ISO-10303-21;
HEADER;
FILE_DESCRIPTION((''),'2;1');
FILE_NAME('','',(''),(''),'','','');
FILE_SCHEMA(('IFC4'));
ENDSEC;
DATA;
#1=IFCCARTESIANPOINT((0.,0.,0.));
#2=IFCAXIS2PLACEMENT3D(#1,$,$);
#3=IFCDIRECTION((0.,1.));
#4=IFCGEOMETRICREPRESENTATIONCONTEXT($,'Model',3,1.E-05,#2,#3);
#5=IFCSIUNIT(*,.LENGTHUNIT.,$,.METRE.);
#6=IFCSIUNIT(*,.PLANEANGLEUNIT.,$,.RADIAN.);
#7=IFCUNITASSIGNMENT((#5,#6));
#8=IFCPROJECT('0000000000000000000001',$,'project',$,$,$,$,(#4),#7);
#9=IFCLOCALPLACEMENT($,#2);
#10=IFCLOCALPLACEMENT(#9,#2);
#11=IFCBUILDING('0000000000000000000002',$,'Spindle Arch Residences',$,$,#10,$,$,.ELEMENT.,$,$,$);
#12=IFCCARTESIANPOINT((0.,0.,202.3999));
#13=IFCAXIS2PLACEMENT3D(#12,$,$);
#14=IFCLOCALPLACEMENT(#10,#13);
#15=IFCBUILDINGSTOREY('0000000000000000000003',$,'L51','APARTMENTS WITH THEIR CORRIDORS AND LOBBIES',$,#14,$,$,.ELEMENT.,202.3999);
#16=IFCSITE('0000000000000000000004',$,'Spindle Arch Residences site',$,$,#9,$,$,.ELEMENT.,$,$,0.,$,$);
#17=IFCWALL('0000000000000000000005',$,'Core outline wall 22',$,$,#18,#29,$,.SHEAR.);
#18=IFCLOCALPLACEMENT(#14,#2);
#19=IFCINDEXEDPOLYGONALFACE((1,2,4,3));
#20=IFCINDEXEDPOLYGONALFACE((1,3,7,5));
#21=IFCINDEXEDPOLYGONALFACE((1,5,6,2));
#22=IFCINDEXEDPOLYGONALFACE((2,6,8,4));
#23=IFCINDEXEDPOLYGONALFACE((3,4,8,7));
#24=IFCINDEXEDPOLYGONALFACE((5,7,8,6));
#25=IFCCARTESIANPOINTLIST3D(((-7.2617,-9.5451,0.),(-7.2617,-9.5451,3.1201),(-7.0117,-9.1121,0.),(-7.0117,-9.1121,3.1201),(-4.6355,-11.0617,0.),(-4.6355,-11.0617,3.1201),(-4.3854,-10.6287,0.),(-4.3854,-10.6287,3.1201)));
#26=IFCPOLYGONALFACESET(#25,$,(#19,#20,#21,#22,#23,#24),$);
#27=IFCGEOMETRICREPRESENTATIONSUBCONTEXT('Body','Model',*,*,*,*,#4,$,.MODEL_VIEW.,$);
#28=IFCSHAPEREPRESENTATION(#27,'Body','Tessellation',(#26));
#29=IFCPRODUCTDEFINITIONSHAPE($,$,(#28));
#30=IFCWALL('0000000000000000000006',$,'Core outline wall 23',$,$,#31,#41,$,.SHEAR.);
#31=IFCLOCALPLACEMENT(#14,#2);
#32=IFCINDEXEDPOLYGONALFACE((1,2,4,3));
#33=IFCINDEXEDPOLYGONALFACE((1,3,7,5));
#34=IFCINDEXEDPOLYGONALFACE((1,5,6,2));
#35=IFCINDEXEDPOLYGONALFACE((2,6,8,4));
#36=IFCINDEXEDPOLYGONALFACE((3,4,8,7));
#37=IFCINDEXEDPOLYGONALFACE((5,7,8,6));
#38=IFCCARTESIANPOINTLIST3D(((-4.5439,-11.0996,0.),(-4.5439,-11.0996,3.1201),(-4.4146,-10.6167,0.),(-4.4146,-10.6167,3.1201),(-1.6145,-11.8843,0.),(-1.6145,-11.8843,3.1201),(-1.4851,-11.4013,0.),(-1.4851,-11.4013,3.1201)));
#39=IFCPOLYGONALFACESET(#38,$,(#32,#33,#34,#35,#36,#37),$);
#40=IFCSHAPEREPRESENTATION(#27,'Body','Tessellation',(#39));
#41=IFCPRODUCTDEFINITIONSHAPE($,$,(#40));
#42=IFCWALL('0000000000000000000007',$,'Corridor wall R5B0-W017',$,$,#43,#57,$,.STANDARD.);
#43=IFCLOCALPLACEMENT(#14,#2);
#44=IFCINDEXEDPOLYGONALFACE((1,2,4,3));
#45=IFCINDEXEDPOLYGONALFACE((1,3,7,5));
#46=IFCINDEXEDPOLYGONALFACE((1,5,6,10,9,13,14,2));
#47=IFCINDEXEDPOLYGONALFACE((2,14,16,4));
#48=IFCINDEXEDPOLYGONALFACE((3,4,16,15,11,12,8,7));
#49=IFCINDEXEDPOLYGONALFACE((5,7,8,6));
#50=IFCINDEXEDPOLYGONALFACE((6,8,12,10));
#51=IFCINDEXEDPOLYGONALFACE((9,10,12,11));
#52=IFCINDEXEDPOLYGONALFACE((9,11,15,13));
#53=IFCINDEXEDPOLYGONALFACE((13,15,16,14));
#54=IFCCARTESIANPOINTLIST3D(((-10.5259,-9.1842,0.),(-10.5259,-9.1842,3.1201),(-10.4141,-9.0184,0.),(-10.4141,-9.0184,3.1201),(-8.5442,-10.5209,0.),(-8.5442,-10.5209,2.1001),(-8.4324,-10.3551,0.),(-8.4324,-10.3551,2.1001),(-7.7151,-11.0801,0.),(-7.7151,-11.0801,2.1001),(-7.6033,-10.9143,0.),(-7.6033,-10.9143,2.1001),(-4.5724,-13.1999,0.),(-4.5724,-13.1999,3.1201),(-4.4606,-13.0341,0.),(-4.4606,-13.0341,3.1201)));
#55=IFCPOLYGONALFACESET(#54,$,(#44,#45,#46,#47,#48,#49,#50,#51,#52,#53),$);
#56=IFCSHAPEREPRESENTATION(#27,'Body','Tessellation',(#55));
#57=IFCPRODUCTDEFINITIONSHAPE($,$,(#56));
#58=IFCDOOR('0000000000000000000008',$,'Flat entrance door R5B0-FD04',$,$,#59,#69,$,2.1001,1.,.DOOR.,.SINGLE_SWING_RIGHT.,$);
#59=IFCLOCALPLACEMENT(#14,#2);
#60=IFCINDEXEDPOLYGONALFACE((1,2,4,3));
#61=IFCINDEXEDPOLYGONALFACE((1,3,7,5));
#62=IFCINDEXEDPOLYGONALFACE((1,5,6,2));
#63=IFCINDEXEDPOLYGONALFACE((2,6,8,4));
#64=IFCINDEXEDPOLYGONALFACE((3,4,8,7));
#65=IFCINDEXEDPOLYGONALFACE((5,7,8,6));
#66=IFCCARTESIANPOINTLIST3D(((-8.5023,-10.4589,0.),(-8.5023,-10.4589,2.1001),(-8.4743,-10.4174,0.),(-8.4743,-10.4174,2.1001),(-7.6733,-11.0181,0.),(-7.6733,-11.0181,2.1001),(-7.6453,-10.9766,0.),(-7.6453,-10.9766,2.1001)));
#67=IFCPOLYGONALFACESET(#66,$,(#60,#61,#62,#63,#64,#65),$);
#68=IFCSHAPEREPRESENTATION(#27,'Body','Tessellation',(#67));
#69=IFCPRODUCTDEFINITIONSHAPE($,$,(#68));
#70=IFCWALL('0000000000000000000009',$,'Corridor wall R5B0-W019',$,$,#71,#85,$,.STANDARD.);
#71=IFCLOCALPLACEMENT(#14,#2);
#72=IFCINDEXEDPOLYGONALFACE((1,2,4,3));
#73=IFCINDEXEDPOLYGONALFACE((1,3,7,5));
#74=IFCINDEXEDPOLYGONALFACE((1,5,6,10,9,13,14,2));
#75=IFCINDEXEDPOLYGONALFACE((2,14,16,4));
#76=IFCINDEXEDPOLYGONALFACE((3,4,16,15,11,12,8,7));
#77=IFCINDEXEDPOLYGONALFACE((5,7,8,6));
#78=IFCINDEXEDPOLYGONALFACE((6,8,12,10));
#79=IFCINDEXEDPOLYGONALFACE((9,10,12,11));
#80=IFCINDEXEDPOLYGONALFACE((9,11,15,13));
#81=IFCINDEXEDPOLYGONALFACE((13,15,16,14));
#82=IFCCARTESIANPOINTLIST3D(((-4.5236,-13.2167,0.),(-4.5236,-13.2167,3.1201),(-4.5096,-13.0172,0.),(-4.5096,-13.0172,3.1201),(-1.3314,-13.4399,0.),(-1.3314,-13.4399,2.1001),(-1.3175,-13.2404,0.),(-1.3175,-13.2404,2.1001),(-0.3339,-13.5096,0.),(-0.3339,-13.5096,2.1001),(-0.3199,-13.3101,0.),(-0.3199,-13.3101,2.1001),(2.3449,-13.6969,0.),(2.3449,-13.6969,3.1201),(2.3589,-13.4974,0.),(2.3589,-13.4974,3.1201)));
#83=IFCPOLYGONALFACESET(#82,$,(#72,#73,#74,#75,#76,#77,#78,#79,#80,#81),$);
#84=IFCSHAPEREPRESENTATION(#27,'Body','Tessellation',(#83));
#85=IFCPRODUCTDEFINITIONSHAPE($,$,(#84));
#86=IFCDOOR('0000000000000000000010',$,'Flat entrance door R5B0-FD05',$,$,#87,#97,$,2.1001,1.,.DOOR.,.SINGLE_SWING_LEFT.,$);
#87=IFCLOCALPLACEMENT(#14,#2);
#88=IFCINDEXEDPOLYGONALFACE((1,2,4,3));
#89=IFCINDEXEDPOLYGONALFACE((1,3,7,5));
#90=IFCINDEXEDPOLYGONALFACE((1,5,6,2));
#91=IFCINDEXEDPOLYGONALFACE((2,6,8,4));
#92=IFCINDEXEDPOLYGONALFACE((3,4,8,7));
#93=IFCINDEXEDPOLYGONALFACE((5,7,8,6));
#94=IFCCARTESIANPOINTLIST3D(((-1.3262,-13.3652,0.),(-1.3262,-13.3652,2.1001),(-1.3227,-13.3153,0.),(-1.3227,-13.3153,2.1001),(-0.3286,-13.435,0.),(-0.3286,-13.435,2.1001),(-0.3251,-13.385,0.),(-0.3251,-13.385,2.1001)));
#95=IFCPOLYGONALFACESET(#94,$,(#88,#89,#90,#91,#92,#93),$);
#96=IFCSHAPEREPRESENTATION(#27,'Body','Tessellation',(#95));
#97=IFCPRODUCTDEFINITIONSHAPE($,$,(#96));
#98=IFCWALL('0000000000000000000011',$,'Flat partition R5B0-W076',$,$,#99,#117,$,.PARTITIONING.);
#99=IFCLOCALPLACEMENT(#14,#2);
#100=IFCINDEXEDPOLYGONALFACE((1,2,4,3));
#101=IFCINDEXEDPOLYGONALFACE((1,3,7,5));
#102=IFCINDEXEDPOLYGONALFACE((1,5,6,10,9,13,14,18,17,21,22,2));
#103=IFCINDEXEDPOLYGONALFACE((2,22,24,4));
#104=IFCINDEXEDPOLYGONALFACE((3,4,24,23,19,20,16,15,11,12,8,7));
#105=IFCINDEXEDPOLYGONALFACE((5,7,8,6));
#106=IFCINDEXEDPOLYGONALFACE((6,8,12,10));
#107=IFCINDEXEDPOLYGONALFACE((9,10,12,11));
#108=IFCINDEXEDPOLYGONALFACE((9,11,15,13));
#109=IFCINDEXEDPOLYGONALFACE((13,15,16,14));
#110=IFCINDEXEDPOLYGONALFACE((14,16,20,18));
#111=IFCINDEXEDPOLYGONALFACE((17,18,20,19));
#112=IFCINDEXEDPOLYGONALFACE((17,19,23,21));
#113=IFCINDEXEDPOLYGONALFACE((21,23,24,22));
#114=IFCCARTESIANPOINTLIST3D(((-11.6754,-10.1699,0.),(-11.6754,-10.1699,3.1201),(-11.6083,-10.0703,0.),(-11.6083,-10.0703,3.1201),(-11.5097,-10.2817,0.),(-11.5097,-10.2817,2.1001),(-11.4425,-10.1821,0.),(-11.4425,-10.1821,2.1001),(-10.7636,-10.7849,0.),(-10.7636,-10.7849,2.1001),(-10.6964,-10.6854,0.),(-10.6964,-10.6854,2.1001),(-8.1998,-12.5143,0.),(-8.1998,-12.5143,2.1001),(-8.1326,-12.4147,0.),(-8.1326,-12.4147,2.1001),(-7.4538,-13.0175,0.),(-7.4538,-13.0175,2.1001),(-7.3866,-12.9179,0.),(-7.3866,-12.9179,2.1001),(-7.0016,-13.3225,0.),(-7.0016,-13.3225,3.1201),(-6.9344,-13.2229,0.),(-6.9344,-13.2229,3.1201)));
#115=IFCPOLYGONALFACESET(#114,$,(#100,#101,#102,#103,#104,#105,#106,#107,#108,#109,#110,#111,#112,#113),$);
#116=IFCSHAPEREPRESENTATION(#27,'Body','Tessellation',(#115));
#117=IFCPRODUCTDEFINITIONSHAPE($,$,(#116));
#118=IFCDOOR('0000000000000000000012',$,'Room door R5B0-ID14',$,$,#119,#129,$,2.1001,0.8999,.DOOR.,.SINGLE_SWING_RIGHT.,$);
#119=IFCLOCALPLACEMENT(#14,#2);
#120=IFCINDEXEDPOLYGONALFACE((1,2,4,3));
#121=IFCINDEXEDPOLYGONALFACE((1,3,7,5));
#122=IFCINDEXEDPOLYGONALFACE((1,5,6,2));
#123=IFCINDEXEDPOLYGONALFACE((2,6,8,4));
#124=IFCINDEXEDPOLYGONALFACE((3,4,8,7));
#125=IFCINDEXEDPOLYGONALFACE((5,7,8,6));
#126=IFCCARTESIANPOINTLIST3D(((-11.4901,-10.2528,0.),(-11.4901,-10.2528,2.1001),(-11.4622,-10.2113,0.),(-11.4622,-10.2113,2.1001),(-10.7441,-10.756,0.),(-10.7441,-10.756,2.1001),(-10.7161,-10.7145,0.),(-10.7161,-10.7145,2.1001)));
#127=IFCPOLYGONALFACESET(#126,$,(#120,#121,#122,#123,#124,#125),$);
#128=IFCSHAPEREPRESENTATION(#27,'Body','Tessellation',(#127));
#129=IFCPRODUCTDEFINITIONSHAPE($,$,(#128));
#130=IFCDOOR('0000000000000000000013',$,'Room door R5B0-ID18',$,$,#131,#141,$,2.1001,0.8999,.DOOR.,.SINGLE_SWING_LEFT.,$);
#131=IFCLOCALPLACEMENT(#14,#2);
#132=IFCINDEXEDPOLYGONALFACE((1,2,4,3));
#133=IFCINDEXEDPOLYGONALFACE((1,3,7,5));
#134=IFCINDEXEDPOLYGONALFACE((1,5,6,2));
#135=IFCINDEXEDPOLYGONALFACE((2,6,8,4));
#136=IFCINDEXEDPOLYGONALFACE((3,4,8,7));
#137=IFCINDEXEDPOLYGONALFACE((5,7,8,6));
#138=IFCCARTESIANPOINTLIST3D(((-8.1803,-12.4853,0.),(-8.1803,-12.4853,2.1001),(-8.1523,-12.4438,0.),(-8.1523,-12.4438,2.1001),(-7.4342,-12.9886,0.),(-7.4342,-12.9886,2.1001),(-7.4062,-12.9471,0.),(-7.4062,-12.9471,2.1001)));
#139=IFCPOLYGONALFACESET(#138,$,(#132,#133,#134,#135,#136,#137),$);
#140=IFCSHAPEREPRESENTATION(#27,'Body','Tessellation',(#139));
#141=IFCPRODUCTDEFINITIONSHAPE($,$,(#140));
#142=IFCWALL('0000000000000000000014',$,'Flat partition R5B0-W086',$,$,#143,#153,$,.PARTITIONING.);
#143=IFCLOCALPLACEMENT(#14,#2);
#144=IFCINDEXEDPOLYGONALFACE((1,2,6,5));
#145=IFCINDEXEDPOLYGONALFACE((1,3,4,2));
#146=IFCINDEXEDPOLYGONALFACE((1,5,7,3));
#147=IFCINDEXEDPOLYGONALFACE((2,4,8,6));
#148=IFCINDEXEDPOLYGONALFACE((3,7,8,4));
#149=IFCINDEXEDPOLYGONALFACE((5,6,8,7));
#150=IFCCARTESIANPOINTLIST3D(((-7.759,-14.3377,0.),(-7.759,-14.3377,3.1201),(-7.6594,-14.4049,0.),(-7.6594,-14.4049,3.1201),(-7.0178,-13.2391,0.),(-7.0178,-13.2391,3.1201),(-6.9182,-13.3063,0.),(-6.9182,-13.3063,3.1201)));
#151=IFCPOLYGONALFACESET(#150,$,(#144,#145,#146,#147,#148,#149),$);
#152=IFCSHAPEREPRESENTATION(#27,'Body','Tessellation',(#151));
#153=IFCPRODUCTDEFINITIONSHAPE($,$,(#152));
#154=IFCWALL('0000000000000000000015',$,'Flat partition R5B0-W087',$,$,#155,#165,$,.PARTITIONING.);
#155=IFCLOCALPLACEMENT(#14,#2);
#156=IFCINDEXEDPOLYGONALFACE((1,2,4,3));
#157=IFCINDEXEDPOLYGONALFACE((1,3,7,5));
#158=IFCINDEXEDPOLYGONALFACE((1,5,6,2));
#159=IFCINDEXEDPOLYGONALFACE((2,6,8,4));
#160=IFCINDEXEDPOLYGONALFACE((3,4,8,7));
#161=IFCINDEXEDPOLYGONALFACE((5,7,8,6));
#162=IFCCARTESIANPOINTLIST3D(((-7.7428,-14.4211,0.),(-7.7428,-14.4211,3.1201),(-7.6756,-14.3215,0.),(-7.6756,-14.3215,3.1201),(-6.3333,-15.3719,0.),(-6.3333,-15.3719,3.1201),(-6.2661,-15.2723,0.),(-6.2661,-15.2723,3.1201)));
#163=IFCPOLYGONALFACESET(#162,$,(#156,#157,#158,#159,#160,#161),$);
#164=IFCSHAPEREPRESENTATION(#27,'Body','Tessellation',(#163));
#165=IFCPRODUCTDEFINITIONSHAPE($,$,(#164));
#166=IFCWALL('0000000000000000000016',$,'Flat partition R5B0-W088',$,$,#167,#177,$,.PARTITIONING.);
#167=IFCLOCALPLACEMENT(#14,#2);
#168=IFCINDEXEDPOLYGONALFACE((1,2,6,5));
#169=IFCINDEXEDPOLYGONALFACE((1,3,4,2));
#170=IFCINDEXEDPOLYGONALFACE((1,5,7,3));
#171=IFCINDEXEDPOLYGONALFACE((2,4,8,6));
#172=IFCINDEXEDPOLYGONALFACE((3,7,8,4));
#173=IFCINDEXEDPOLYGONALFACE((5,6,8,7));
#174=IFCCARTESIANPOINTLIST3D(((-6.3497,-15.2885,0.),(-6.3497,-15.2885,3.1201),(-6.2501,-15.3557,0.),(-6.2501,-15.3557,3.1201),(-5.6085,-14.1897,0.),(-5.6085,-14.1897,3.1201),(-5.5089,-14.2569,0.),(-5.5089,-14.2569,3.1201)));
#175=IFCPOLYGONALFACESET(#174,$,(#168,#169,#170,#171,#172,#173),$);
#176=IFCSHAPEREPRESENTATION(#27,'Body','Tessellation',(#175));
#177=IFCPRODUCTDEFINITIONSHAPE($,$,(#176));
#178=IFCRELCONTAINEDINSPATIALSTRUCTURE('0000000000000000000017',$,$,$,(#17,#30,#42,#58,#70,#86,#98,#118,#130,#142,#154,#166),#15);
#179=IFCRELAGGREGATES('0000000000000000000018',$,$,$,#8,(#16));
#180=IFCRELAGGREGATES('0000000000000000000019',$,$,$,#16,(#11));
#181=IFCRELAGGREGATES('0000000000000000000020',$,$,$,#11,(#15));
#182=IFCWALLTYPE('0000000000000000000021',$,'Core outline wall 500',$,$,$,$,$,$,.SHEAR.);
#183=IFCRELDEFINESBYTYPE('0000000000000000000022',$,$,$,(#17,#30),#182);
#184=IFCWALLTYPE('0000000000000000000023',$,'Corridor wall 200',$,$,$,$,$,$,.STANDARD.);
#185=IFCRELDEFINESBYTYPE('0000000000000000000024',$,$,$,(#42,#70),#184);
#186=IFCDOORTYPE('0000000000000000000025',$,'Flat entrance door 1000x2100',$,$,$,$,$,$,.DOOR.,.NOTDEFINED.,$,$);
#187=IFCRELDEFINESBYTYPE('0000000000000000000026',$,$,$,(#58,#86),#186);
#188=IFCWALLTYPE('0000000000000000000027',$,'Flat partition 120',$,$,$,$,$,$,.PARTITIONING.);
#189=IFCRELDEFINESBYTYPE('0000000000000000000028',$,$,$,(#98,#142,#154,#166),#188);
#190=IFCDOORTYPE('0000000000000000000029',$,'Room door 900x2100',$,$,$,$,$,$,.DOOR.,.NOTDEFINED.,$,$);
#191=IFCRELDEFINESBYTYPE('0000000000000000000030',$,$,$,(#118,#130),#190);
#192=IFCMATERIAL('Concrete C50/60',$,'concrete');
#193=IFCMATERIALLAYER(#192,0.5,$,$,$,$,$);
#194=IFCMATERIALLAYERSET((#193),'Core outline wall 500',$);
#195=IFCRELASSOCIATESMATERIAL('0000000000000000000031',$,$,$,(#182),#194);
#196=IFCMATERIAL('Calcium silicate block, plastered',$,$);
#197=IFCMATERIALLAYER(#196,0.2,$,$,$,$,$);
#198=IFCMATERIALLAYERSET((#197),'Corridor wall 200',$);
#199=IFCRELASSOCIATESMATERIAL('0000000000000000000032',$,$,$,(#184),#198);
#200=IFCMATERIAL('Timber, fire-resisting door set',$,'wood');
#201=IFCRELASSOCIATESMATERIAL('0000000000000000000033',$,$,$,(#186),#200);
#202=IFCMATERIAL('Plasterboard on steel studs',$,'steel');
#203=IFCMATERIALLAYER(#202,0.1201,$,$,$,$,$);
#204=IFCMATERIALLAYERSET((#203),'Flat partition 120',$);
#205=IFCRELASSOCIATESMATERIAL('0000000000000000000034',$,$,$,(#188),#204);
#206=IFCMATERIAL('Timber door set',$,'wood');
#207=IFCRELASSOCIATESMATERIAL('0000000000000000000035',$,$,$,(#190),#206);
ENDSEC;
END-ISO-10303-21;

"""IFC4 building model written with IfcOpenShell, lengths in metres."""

from ifc_helpers import new_model, si_unit, direction, frame, frame_2d, origin, place, context, subcontext, project, spatial, rectangle, extrude, material, layer, layer_set, type_object, element, fill, save


model = new_model("IFC4")

# Units and contexts
model_context = context("Model", 3, precision=1e-05, world=origin(), true_north=direction((0.0, 1.0)))
body_context = subcontext(model_context, "Body", "Model", "MODEL_VIEW")
ifc_project = project(units=[si_unit("LENGTHUNIT", "METRE"), si_unit("PLANEANGLEUNIT", "RADIAN")], contexts=[model_context])

# Site, building, storey
site_placement = place(None, origin())
site = spatial("IfcSite", under=ifc_project, at=site_placement, Name="Spindle Arch Residences site", CompositionType="ELEMENT", RefElevation=0.0)
building_placement = place(site_placement, origin())
building = spatial("IfcBuilding", under=site, at=building_placement, Name="Spindle Arch Residences", CompositionType="ELEMENT")
storey_placement = place(building_placement, frame((0.0, 0.0, 202.3999)))
storey = spatial("IfcBuildingStorey", under=building, at=storey_placement, Name="L51", Description="APARTMENTS WITH THEIR CORRIDORS AND LOBBIES", CompositionType="ELEMENT", Elevation=202.3999)

# Walls
ifc_material_1 = material(Name="Concrete C50/60", Category="concrete")
ifc_layer_1 = layer(ifc_material_1, 0.5)
ifc_layer_set_1 = layer_set([ifc_layer_1], Name="Core outline wall 500")
wall_type_1 = type_object("IfcWallType", Name="Core outline wall 500", PredefinedType="SHEAR", material=ifc_layer_set_1)
for number, where, z_axis, x_axis, name in (
    (1, (-7.1367, -9.3286, 0.0), (0.0, 0.0, 1.0), (0.865975, -0.500087, 0.0), "Core outline wall 22"),
    (2, (-4.4792, -10.8582, 0.0), (0.0, 0.0, 1.0), (0.965948, -0.258735, 0.0), "Core outline wall 23"),
):
    element("IfcWall", number, at=place(storey_placement, frame(where, z_axis=z_axis, x_axis=x_axis)), inside=storey, type_object=wall_type_1, Name=name, PredefinedType="SHEAR", context=body_context, shape_type="SweptSolid", body=[
        extrude(rectangle(XDim=3.0327, YDim=0.5, at=frame_2d((1.5164, 0.0))), origin(), (0.0, 0.0, 1.0), 3.1201),
    ])

# Walls, openings, doors
ifc_material_2 = material(Name="Calcium silicate block, plastered")
ifc_layer_2 = layer(ifc_material_2, 0.2)
ifc_layer_set_2 = layer_set([ifc_layer_2], Name="Corridor wall 200")
wall_type_2 = type_object("IfcWallType", Name="Corridor wall 200", PredefinedType="STANDARD", material=ifc_layer_set_2)
wall_1_placement = place(storey_placement, frame((-10.47, -9.1013, 0.0), z_axis=(0.0, 0.0, 1.0), x_axis=(0.829036, -0.559195, 0.0)))
wall_1 = element("IfcWall", 3, at=wall_1_placement, inside=storey, type_object=wall_type_2, Name="Corridor wall R5B0-W017", PredefinedType="STANDARD", context=body_context, shape_type="SweptSolid", body=[
    extrude(rectangle(XDim=7.1812, YDim=0.2, at=frame_2d((3.5906, 0.0))), origin(), (0.0, 0.0, 1.0), 3.1201),
])
opening_1_placement = place(wall_1_placement, frame((2.3904, 0.0, 0.0)))
opening_1 = element("IfcOpeningElement", 4, at=opening_1_placement, cuts=wall_1, PredefinedType="OPENING", context=body_context, shape_type="SweptSolid", body=[
    extrude(rectangle(XDim=1.0, YDim=2.1001, at=frame_2d((0.5, 1.05))), frame((0.0, 0.1099, 0.0), z_axis=(0.0, -1.0, 0.0), x_axis=(1.0, 0.0, 0.0)), (0.0, 0.0, 1.0), 0.22),
])
ifc_material_3 = material(Name="Timber, fire-resisting door set", Category="wood")
door_type_1 = type_object("IfcDoorType", Name="Flat entrance door 1000x2100", OperationType="NOTDEFINED", PredefinedType="DOOR", material=ifc_material_3)
door_1_placement = place(opening_1_placement, origin())
door_1 = element("IfcDoor", 5, at=door_1_placement, inside=storey, type_object=door_type_1, Name="Flat entrance door R5B0-FD04", OperationType="SINGLE_SWING_RIGHT", OverallHeight=2.1001, OverallWidth=1.0, PredefinedType="DOOR", context=body_context, shape_type="SweptSolid", body=[
    extrude(rectangle(XDim=1.0, YDim=2.1001, at=frame_2d((0.5, 1.05))), frame((0.0, 0.0249, 0.0), z_axis=(0.0, -1.0, 0.0), x_axis=(1.0, 0.0, 0.0)), (0.0, 0.0, 1.0), 0.05),
])
fill(opening_1, door_1)
wall_2_placement = place(storey_placement, frame((-4.5166, -13.1169, 0.0), z_axis=(0.0, 0.0, 1.0), x_axis=(0.997565, -0.069748, 0.0)))
wall_2 = element("IfcWall", 6, at=wall_2_placement, inside=storey, type_object=wall_type_2, Name="Corridor wall R5B0-W019", PredefinedType="STANDARD", context=body_context, shape_type="SweptSolid", body=[
    extrude(rectangle(XDim=6.8853, YDim=0.2, at=frame_2d((3.4426, 0.0))), origin(), (0.0, 0.0, 1.0), 3.1201),
])
opening_2_placement = place(wall_2_placement, frame((3.2, 0.0, 0.0)))
opening_2 = element("IfcOpeningElement", 7, at=opening_2_placement, cuts=wall_2, PredefinedType="OPENING", context=body_context, shape_type="SweptSolid", body=[
    extrude(rectangle(XDim=1.0, YDim=2.1001, at=frame_2d((0.5, 1.05))), frame((0.0, 0.1099, 0.0), z_axis=(0.0, -1.0, 0.0), x_axis=(1.0, 0.0, 0.0)), (0.0, 0.0, 1.0), 0.22),
])
door_2_placement = place(opening_2_placement, origin())
door_2 = element("IfcDoor", 8, at=door_2_placement, inside=storey, type_object=door_type_1, Name="Flat entrance door R5B0-FD05", OperationType="SINGLE_SWING_LEFT", OverallHeight=2.1001, OverallWidth=1.0, PredefinedType="DOOR", context=body_context, shape_type="SweptSolid", body=[
    extrude(rectangle(XDim=1.0, YDim=2.1001, at=frame_2d((0.5, 1.05))), frame((0.0, 0.0249, 0.0), z_axis=(0.0, -1.0, 0.0), x_axis=(1.0, 0.0, 0.0)), (0.0, 0.0, 1.0), 0.05),
])
fill(opening_2, door_2)

# Wall, openings, doors
ifc_material_4 = material(Name="Plasterboard on steel studs", Category="steel")
ifc_layer_3 = layer(ifc_material_4, 0.1201)
ifc_layer_set_3 = layer_set([ifc_layer_3], Name="Flat partition 120")
wall_type_3 = type_object("IfcWallType", Name="Flat partition 120", PredefinedType="PARTITIONING", material=ifc_layer_set_3)
wall_3_placement = place(storey_placement, frame((-11.6418, -10.1201, 0.0), z_axis=(0.0, 0.0, 1.0), x_axis=(0.829033, -0.559199, 0.0)))
wall_3 = element("IfcWall", 9, at=wall_3_placement, inside=storey, type_object=wall_type_3, Name="Flat partition R5B0-W076", PredefinedType="PARTITIONING", context=body_context, shape_type="SweptSolid", body=[
    extrude(rectangle(XDim=5.6377, YDim=0.1201, at=frame_2d((2.8188, 0.0))), origin(), (0.0, 0.0, 1.0), 3.1201),
])
opening_3_placement = place(wall_3_placement, frame((0.2, 0.0, 0.0)))
opening_3 = element("IfcOpeningElement", 10, at=opening_3_placement, cuts=wall_3, PredefinedType="OPENING", context=body_context, shape_type="SweptSolid", body=[
    extrude(rectangle(XDim=0.8999, YDim=2.1001, at=frame_2d((0.45, 1.05))), frame((0.0, 0.0701, 0.0), z_axis=(0.0, -1.0, 0.0), x_axis=(1.0, 0.0, 0.0)), (0.0, 0.0, 1.0), 0.1401),
])
opening_4_placement = place(wall_3_placement, frame((4.1924, 0.0, 0.0)))
opening_4 = element("IfcOpeningElement", 11, at=opening_4_placement, cuts=wall_3, PredefinedType="OPENING", context=body_context, shape_type="SweptSolid", body=[
    extrude(rectangle(XDim=0.8999, YDim=2.1001, at=frame_2d((0.45, 1.05))), frame((0.0, 0.0701, 0.0), z_axis=(0.0, -1.0, 0.0), x_axis=(1.0, 0.0, 0.0)), (0.0, 0.0, 1.0), 0.1401),
])
ifc_material_5 = material(Name="Timber door set", Category="wood")
door_type_2 = type_object("IfcDoorType", Name="Room door 900x2100", OperationType="NOTDEFINED", PredefinedType="DOOR", material=ifc_material_5)
door_3_placement = place(opening_3_placement, origin())
door_3 = element("IfcDoor", 12, at=door_3_placement, inside=storey, type_object=door_type_2, Name="Room door R5B0-ID14", OperationType="SINGLE_SWING_RIGHT", OverallHeight=2.1001, OverallWidth=0.8999, PredefinedType="DOOR", context=body_context, shape_type="SweptSolid", body=[
    extrude(rectangle(XDim=0.8999, YDim=2.1001, at=frame_2d((0.45, 1.05))), frame((0.0, 0.0249, 0.0), z_axis=(0.0, -1.0, 0.0), x_axis=(1.0, 0.0, 0.0)), (0.0, 0.0, 1.0), 0.05),
])
fill(opening_3, door_3)
door_4_placement = place(opening_4_placement, origin())
door_4 = element("IfcDoor", 13, at=door_4_placement, inside=storey, type_object=door_type_2, Name="Room door R5B0-ID18", OperationType="SINGLE_SWING_LEFT", OverallHeight=2.1001, OverallWidth=0.8999, PredefinedType="DOOR", context=body_context, shape_type="SweptSolid", body=[
    extrude(rectangle(XDim=0.8999, YDim=2.1001, at=frame_2d((0.45, 1.05))), frame((0.0, 0.0249, 0.0), z_axis=(0.0, -1.0, 0.0), x_axis=(1.0, 0.0, 0.0)), (0.0, 0.0, 1.0), 0.05),
])
fill(opening_4, door_4)

# Walls
wall_4_placement = place(storey_placement, frame((-6.968, -13.2727, 0.0), z_axis=(0.0, 0.0, 1.0), x_axis=(-0.559283, -0.828977, 0.0)))
element("IfcWall", 14, at=wall_4_placement, inside=storey, type_object=wall_type_3, Name="Flat partition R5B0-W086", PredefinedType="PARTITIONING", context=body_context, shape_type="SweptSolid", body=[
    extrude(rectangle(XDim=1.3252, YDim=0.1201, at=frame_2d((0.6626, 0.0))), origin(), (0.0, 0.0, 1.0), 3.1201),
])
wall_5_placement = place(storey_placement, frame((-7.7092, -14.3713, 0.0), z_axis=(0.0, 0.0, 1.0), x_axis=(0.829033, -0.559199, 0.0)))
element("IfcWall", 15, at=wall_5_placement, inside=storey, type_object=wall_type_3, Name="Flat partition R5B0-W087", PredefinedType="PARTITIONING", context=body_context, shape_type="SweptSolid", body=[
    extrude(rectangle(XDim=1.7002, YDim=0.1201, at=frame_2d((0.8501, 0.0))), origin(), (0.0, 0.0, 1.0), 3.1201),
])
wall_6_placement = place(storey_placement, frame((-6.2998, -15.322, 0.0), z_axis=(0.0, 0.0, 1.0), x_axis=(0.559198, 0.829034, 0.0)))
element("IfcWall", 16, at=wall_6_placement, inside=storey, type_object=wall_type_3, Name="Flat partition R5B0-W088", PredefinedType="PARTITIONING", context=body_context, shape_type="SweptSolid", body=[
    extrude(rectangle(XDim=1.3254, YDim=0.1201, at=frame_2d((0.6626, 0.0))), origin(), (0.0, 0.0, 1.0), 3.1201),
])

save(model, "model.ifc")
